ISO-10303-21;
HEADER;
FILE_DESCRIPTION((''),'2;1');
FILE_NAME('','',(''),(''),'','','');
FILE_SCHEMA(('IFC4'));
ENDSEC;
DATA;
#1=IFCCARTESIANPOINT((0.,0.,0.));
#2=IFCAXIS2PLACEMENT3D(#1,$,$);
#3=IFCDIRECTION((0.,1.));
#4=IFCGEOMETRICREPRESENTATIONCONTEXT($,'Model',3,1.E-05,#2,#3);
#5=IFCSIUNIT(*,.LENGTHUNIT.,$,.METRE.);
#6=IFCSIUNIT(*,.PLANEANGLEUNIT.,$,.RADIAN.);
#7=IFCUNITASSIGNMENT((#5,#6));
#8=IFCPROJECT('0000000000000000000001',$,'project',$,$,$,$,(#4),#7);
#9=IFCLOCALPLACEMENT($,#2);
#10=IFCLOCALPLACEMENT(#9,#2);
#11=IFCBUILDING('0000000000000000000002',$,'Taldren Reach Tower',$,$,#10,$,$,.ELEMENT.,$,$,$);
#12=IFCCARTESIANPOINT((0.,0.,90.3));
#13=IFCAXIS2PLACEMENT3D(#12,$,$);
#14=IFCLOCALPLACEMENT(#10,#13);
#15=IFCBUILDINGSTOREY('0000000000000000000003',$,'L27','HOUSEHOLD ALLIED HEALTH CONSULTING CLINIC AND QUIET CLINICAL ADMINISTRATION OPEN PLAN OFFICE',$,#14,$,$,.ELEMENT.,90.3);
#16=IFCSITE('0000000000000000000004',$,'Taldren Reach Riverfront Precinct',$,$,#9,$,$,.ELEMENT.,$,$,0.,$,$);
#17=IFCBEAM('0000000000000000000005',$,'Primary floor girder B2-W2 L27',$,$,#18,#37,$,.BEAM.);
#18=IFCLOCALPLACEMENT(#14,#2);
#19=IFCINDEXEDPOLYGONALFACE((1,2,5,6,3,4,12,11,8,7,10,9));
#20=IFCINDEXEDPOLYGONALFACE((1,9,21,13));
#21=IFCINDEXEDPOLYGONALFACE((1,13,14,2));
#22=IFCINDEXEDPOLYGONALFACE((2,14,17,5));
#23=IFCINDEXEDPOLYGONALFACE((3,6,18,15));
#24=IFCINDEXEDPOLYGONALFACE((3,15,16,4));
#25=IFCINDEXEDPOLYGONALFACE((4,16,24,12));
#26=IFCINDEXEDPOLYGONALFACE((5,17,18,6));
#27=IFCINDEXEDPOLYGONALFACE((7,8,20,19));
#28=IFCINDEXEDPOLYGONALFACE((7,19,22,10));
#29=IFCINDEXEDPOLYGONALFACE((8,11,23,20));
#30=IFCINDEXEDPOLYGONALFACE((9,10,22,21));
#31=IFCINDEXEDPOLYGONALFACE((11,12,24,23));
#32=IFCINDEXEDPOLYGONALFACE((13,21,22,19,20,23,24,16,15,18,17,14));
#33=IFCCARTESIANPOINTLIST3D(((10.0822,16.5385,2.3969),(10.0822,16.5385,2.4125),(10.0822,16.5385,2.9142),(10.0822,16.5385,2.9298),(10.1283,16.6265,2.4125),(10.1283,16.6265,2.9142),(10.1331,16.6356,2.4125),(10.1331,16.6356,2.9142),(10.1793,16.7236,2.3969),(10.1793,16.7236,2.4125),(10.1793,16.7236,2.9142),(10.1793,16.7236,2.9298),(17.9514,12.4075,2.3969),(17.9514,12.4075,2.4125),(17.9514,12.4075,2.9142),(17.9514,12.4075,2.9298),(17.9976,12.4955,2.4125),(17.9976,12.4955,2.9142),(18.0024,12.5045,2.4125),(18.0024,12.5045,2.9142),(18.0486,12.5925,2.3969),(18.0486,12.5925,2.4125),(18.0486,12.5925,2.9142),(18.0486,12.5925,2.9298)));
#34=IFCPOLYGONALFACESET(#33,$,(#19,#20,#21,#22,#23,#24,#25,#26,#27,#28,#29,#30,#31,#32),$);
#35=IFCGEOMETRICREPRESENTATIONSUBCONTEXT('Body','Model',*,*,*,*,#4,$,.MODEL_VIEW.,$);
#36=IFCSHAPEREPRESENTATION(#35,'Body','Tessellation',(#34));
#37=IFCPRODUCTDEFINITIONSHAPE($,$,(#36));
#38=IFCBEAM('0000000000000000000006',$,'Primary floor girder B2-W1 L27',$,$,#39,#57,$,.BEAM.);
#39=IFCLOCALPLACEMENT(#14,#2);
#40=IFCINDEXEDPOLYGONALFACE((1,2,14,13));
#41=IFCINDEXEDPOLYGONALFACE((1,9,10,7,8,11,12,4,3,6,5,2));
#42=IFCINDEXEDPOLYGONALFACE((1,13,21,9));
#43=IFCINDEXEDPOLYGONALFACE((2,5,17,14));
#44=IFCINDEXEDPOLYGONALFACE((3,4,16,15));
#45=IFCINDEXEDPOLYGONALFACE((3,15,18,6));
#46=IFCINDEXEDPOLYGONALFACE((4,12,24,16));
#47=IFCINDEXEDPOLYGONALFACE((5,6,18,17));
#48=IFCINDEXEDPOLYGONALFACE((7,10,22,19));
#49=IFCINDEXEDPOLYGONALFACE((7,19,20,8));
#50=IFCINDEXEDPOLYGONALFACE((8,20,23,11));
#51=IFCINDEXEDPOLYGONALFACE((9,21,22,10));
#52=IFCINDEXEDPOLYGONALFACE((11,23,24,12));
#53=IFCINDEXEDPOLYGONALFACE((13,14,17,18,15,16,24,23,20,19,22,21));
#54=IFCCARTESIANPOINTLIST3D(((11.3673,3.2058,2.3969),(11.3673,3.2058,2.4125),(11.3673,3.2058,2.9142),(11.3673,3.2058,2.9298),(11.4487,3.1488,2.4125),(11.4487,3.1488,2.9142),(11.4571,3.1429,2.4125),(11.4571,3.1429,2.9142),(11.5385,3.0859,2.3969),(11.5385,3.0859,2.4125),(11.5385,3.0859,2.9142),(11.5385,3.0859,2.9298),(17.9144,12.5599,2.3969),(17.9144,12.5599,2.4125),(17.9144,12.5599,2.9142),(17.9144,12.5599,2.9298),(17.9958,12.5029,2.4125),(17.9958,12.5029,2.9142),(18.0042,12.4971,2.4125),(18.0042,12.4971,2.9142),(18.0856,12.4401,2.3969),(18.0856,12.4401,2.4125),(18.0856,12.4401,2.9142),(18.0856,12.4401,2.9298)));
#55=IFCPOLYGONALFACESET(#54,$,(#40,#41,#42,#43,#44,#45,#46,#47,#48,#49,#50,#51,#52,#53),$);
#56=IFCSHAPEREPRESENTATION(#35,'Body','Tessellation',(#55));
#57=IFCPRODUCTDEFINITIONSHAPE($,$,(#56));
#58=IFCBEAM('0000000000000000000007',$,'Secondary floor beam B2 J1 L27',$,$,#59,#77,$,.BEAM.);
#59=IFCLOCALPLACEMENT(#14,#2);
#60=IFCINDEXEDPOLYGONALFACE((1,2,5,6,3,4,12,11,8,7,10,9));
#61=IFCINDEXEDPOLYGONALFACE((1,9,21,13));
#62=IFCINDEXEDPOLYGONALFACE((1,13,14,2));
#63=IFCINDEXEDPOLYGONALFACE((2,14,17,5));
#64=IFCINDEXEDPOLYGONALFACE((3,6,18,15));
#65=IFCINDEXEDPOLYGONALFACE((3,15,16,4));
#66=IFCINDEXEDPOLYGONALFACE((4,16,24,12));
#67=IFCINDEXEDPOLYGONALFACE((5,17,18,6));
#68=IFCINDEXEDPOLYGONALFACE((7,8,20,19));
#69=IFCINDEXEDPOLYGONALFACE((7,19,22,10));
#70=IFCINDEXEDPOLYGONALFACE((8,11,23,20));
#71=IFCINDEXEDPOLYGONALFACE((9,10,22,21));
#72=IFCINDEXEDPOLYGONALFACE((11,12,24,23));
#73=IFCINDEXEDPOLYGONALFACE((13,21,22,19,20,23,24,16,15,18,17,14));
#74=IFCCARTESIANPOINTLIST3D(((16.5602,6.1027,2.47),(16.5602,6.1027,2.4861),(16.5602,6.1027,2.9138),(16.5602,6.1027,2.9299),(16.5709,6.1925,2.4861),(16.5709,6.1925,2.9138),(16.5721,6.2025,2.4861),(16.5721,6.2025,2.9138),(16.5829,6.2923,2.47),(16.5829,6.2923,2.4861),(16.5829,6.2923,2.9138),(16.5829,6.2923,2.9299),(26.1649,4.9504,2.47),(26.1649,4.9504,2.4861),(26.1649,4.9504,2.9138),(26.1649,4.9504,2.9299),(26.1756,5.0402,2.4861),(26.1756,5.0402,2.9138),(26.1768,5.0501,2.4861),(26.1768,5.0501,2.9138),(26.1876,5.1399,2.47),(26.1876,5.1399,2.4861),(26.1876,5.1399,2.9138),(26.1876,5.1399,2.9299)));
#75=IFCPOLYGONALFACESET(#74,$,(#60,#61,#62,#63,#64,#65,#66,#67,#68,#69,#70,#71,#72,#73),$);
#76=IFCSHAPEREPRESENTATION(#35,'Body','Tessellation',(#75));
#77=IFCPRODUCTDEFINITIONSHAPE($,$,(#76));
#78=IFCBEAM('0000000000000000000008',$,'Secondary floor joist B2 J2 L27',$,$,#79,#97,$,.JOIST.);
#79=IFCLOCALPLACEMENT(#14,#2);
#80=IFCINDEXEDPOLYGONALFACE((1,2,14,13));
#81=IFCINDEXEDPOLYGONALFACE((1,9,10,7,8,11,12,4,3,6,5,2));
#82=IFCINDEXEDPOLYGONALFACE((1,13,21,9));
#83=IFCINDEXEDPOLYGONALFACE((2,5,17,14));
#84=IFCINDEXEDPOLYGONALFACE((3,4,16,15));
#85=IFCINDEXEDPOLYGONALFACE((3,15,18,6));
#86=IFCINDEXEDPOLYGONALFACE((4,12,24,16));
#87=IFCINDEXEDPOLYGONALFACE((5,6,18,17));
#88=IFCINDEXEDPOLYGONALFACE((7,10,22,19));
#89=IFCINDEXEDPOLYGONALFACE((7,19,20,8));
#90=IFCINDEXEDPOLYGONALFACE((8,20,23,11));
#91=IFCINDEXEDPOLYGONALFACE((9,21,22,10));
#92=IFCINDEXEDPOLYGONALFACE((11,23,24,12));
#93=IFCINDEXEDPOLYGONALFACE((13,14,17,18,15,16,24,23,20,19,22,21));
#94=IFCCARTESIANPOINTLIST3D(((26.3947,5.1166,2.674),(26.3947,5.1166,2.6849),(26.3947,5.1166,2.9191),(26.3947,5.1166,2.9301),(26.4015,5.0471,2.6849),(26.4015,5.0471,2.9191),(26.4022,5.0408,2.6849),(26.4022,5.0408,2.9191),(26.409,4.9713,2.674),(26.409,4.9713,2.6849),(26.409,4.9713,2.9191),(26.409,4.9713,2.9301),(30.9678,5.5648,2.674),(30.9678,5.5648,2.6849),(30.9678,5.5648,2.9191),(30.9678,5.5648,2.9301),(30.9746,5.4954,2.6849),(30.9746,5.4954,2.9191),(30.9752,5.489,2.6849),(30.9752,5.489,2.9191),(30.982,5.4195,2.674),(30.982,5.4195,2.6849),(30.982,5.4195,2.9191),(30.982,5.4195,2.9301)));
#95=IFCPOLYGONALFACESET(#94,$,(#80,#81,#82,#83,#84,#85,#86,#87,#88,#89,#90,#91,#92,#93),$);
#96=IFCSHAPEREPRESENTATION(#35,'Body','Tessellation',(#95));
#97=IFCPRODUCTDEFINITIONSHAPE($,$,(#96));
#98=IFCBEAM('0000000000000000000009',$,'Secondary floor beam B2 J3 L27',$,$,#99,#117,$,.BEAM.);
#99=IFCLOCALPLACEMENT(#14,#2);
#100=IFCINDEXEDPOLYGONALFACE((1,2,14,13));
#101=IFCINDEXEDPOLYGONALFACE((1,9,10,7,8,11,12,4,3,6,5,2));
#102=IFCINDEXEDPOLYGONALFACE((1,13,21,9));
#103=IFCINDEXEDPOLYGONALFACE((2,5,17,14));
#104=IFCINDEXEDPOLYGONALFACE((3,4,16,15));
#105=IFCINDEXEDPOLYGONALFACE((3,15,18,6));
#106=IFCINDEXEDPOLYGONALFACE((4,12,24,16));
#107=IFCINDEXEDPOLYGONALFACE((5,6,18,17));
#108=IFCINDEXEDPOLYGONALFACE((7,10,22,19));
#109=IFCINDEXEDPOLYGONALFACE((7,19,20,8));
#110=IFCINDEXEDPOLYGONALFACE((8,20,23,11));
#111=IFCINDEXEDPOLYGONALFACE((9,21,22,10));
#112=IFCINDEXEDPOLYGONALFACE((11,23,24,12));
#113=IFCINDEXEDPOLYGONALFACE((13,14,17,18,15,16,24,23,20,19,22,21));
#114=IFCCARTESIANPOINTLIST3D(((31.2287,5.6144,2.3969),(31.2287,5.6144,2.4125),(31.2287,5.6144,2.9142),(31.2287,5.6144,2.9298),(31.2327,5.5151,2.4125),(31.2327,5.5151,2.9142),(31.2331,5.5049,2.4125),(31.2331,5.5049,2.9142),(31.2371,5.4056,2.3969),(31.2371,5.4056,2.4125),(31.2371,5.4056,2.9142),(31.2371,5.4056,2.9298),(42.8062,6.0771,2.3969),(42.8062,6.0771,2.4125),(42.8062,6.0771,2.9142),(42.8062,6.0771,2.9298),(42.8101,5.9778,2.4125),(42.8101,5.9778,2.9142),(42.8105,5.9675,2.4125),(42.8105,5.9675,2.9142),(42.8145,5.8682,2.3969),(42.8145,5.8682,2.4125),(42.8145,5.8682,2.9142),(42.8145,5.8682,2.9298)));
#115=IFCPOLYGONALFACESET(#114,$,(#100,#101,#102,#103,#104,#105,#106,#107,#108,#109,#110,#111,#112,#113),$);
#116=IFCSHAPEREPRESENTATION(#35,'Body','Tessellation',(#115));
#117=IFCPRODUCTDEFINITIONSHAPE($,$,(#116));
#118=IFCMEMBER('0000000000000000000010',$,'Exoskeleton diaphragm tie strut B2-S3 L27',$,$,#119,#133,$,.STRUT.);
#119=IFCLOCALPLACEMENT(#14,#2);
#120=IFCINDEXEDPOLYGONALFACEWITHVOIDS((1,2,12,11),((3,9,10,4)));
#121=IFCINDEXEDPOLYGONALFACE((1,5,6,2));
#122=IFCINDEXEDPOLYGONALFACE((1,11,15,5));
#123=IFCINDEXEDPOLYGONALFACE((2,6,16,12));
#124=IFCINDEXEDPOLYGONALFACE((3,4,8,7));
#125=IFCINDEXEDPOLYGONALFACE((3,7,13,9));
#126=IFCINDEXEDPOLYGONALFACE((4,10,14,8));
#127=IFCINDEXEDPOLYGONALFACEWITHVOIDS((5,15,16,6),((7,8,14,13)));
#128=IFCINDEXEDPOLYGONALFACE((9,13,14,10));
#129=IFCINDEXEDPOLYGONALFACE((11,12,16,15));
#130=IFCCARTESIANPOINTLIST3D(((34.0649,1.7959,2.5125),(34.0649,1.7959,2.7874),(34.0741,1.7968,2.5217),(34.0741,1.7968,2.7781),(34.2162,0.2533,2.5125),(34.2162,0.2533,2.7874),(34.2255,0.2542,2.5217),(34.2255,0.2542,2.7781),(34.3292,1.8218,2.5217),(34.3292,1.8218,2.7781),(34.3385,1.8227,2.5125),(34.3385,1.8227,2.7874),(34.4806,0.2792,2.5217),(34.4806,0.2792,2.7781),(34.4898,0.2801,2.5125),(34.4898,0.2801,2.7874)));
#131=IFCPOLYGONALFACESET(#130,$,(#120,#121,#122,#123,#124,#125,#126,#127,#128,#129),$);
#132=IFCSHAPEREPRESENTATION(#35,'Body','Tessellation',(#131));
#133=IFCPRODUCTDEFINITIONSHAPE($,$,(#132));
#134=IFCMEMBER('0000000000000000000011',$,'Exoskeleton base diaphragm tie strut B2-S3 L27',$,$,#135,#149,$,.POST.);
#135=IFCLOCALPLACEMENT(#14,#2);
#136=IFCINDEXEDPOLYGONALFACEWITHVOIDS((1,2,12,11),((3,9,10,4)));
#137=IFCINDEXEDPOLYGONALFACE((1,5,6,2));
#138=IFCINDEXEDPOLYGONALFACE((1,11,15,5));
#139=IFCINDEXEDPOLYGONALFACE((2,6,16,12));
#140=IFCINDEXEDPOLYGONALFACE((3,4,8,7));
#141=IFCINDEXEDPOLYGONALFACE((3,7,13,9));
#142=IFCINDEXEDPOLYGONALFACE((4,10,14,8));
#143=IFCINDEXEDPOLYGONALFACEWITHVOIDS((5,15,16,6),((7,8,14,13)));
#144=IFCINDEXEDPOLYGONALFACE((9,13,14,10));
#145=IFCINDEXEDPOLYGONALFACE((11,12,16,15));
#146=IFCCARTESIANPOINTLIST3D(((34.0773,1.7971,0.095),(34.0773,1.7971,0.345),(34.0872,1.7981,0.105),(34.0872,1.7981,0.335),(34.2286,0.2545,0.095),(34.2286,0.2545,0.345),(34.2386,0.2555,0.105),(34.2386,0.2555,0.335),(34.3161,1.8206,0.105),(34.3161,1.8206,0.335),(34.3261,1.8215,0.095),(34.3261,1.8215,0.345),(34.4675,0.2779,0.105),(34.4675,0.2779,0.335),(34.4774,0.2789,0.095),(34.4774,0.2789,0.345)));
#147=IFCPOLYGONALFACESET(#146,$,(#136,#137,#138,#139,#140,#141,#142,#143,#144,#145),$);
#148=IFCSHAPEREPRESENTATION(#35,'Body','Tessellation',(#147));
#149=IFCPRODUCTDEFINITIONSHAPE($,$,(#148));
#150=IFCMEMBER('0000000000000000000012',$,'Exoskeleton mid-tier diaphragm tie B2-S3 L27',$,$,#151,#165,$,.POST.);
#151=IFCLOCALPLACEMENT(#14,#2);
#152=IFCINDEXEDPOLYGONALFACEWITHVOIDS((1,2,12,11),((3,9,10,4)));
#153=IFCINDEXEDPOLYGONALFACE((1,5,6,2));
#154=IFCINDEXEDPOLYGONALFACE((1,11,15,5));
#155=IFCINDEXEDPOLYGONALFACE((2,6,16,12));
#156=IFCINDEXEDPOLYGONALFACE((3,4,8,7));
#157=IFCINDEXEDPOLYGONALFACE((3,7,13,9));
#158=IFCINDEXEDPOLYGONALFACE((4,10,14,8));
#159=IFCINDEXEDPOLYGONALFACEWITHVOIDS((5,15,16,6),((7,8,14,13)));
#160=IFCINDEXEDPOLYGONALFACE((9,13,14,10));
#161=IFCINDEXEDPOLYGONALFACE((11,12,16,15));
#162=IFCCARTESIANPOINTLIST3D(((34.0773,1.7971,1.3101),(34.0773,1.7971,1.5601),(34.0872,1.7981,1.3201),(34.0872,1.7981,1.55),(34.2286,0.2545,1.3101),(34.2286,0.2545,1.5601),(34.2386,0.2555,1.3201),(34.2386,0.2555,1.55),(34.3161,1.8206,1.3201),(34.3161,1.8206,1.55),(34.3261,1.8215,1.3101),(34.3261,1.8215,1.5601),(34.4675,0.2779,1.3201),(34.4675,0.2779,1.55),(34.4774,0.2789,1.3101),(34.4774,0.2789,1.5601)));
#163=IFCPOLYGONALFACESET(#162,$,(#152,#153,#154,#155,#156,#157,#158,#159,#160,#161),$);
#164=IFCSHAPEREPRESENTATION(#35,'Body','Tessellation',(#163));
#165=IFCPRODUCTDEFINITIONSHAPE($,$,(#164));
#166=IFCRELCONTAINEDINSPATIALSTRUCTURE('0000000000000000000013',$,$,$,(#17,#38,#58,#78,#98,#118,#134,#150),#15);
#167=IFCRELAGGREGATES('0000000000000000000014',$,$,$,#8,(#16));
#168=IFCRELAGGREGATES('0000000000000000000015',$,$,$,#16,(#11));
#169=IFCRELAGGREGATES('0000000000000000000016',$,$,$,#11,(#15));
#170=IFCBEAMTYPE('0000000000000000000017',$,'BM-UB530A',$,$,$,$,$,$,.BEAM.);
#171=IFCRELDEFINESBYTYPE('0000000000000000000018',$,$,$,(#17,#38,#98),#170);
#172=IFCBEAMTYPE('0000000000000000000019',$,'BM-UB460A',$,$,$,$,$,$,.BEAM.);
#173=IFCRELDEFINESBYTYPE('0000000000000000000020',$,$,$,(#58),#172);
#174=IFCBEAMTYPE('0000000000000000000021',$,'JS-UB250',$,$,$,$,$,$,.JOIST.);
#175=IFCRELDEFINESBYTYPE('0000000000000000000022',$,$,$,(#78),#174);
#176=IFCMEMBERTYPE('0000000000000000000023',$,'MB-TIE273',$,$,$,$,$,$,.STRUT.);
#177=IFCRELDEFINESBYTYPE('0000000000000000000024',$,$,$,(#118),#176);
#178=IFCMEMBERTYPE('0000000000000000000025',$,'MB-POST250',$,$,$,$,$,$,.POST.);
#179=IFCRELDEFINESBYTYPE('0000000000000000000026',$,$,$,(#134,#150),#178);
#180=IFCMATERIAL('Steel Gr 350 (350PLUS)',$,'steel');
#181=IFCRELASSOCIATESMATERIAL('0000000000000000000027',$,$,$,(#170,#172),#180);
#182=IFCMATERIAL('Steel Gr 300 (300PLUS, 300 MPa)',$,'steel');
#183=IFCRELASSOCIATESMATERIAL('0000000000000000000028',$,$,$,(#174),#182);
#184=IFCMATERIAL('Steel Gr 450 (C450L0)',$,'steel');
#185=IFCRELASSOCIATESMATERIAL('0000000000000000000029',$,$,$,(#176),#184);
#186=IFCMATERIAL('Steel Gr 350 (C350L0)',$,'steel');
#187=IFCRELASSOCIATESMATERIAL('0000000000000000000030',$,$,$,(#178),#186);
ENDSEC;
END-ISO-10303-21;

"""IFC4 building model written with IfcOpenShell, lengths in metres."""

from ifc_helpers import new_model, si_unit, direction, frame, origin, origin_2d, place, context, subcontext, project, spatial, hollow_rectangle, i_section, extrude, source, transform, mapped, material, material_profile, profile_set, type_object, element, save


model = new_model("IFC4")

# Units and contexts
model_context = context("Model", 3, precision=1e-05, world=origin(), true_north=direction((0.0, 1.0)))
body_context = subcontext(model_context, "Body", "Model", "MODEL_VIEW")
ifc_project = project(units=[si_unit("LENGTHUNIT", "METRE"), si_unit("PLANEANGLEUNIT", "RADIAN")], contexts=[model_context])

# Site, building, storey
site_placement = place(None, origin())
site = spatial("IfcSite", under=ifc_project, at=site_placement, Name="Taldren Reach Riverfront Precinct", CompositionType="ELEMENT", RefElevation=0.0)
building_placement = place(site_placement, origin())
building = spatial("IfcBuilding", under=site, at=building_placement, Name="Taldren Reach Tower", CompositionType="ELEMENT")
storey_placement = place(building_placement, frame((0.0, 0.0, 90.3)))
storey = spatial("IfcBuildingStorey", under=building, at=storey_placement, Name="L27", Description="HOUSEHOLD ALLIED HEALTH CONSULTING CLINIC AND QUIET CLINICAL ADMINISTRATION OPEN PLAN OFFICE", CompositionType="ELEMENT", Elevation=90.3)

# Shared definitions
ifc_material_1 = material(Name="Steel Gr 350 (350PLUS)", Category="steel")

# Beams
ifc_material_profile_1 = material_profile(ifc_material_1, i_section(OverallWidth=0.209, OverallDepth=0.533, WebThickness=0.0103, FlangeThickness=0.0156, at=origin_2d()), Name="530UB92.4")
ifc_profile_set_1 = profile_set([ifc_material_profile_1], Name="Steel Gr 350 (350PLUS)")
beam_type_1 = type_object("IfcBeamType", Name="BM-UB530A", PredefinedType="BEAM", material=ifc_profile_set_1)
shared_shape_1 = source(origin(), body_context, "Body", "SweptSolid", [
    extrude(i_section(OverallWidth=0.209, OverallDepth=0.533, WebThickness=0.0103, FlangeThickness=0.0156, at=origin_2d()), origin(), (0.0, 0.0, 1.0), 8.8877),
])
beam_1_placement = place(storey_placement, frame((18.0, 12.5, 2.6633), z_axis=(-0.885413, 0.464805, 0.0), x_axis=(-0.464805, -0.885413, 0.0)))
element("IfcBeam", 1, at=beam_1_placement, inside=storey, type_object=beam_type_1, Name="Primary floor girder B2-W2 L27", PredefinedType="BEAM", context=body_context, shape_type="MappedRepresentation", body=[
    mapped(shared_shape_1, transform((0.0, 0.0, 0.0), scale=1.0)),
])
shared_shape_2 = source(origin(), body_context, "Body", "SweptSolid", [
    extrude(i_section(OverallWidth=0.209, OverallDepth=0.533, WebThickness=0.0103, FlangeThickness=0.0156, at=origin_2d()), origin(), (0.0, 0.0, 1.0), 11.4177),
])
beam_2_placement = place(storey_placement, frame((18.0, 12.5, 2.6633), z_axis=(-0.573412, -0.819267, 0.0), x_axis=(0.819267, -0.573412, 0.0)))
element("IfcBeam", 2, at=beam_2_placement, inside=storey, type_object=beam_type_1, Name="Primary floor girder B2-W1 L27", PredefinedType="BEAM", context=body_context, shape_type="MappedRepresentation", body=[
    mapped(shared_shape_2, transform((0.0, 0.0, 0.0), scale=1.0)),
])
ifc_material_profile_2 = material_profile(ifc_material_1, i_section(OverallWidth=0.1909, OverallDepth=0.46, WebThickness=0.01, FlangeThickness=0.0161, at=origin_2d()), Name="460UB82.1")
ifc_profile_set_2 = profile_set([ifc_material_profile_2], Name="Steel Gr 350 (350PLUS)")
beam_type_2 = type_object("IfcBeamType", Name="BM-UB460A", PredefinedType="BEAM", material=ifc_profile_set_2)
shared_shape_3 = source(origin(), body_context, "Body", "SweptSolid", [
    extrude(i_section(OverallWidth=0.1909, OverallDepth=0.46, WebThickness=0.01, FlangeThickness=0.0161, at=origin_2d()), origin(), (0.0, 0.0, 1.0), 9.6736),
])
beam_3_placement = place(storey_placement, frame((16.5715, 6.1975, 2.7), z_axis=(0.99288, -0.119122, 0.0), x_axis=(0.119122, 0.99288, 0.0)))
element("IfcBeam", 3, at=beam_3_placement, inside=storey, type_object=beam_type_2, Name="Secondary floor beam B2 J1 L27", PredefinedType="BEAM", context=body_context, shape_type="MappedRepresentation", body=[
    mapped(shared_shape_3, transform((0.0, 0.0, 0.0), scale=1.0)),
])
ifc_material_2 = material(Name="Steel Gr 300 (300PLUS, 300 MPa)", Category="steel")
ifc_material_profile_3 = material_profile(ifc_material_2, i_section(OverallWidth=0.146, OverallDepth=0.2561, WebThickness=0.0063, FlangeThickness=0.011, at=origin_2d()), Name="250UB37.3")
ifc_profile_set_3 = profile_set([ifc_material_profile_3], Name="Steel Gr 300 (300PLUS, 300 MPa)")
beam_type_3 = type_object("IfcBeamType", Name="JS-UB250", PredefinedType="JOIST", material=ifc_profile_set_3)
shared_shape_4 = source(origin(), body_context, "Body", "SweptSolid", [
    extrude(i_section(OverallWidth=0.146, OverallDepth=0.2561, WebThickness=0.0063, FlangeThickness=0.011, at=origin_2d()), origin(), (0.0, 0.0, 1.0), 4.595),
])
beam_4_placement = place(storey_placement, frame((26.4019, 5.0439, 2.802), z_axis=(0.99523, 0.097552, 0.0), x_axis=(-0.097552, 0.99523, 0.0)))
element("IfcBeam", 4, at=beam_4_placement, inside=storey, type_object=beam_type_3, Name="Secondary floor joist B2 J2 L27", PredefinedType="JOIST", context=body_context, shape_type="MappedRepresentation", body=[
    mapped(shared_shape_4, transform((0.0, 0.0, 0.0), scale=1.0)),
])
shared_shape_5 = source(origin(), body_context, "Body", "SweptSolid", [
    extrude(i_section(OverallWidth=0.209, OverallDepth=0.533, WebThickness=0.0103, FlangeThickness=0.0156, at=origin_2d()), origin(), (0.0, 0.0, 1.0), 11.5867),
])
beam_5_placement = place(storey_placement, frame((31.2329, 5.51, 2.6633), z_axis=(0.999203, 0.039929, 0.0), x_axis=(-0.039929, 0.999203, 0.0)))
element("IfcBeam", 5, at=beam_5_placement, inside=storey, type_object=beam_type_1, Name="Secondary floor beam B2 J3 L27", PredefinedType="BEAM", context=body_context, shape_type="MappedRepresentation", body=[
    mapped(shared_shape_5, transform((0.0, 0.0, 0.0), scale=1.0)),
])

# Members
ifc_material_3 = material(Name="Steel Gr 450 (C450L0)", Category="steel")
ifc_material_profile_4 = material_profile(ifc_material_3, hollow_rectangle(XDim=0.2749, YDim=0.2749, WallThickness=0.0093, at=origin_2d()), Name="275x275x9.3SHS")
ifc_profile_set_4 = profile_set([ifc_material_profile_4], Name="Steel Gr 450 (C450L0)")
member_type_1 = type_object("IfcMemberType", Name="MB-TIE273", PredefinedType="STRUT", material=ifc_profile_set_4)
shared_shape_6 = source(origin(), body_context, "Body", "SweptSolid", [
    extrude(hollow_rectangle(XDim=0.2749, YDim=0.2749, WallThickness=0.0093, at=origin_2d()), origin(), (0.0, 0.0, 1.0), 1.55),
])
member_placement = place(storey_placement, frame((34.2017, 1.8093, 2.6499), z_axis=(0.097648, -0.995221, 0.0), x_axis=(0.995221, 0.097648, 0.0)))
element("IfcMember", 6, at=member_placement, inside=storey, type_object=member_type_1, Name="Exoskeleton diaphragm tie strut B2-S3 L27", PredefinedType="STRUT", context=body_context, shape_type="MappedRepresentation", body=[
    mapped(shared_shape_6, transform((0.0, 0.0, 0.0), scale=1.0)),
])
ifc_material_4 = material(Name="Steel Gr 350 (C350L0)", Category="steel")
ifc_material_profile_5 = material_profile(ifc_material_4, hollow_rectangle(XDim=0.25, YDim=0.25, WallThickness=0.01, at=origin_2d()), Name="250x250x10.0SHS")
ifc_profile_set_5 = profile_set([ifc_material_profile_5], Name="Steel Gr 350 (C350L0)")
member_type_2 = type_object("IfcMemberType", Name="MB-POST250", PredefinedType="POST", material=ifc_profile_set_5)
shared_shape_7 = source(origin(), body_context, "Body", "SweptSolid", [
    extrude(hollow_rectangle(XDim=0.25, YDim=0.25, WallThickness=0.01, at=origin_2d()), origin(), (0.0, 0.0, 1.0), 1.55),
])
for number, where, z_axis, x_axis, name in (
    (7, (34.2017, 1.8093, 0.22), (0.097648, -0.995221, 0.0), (0.995221, 0.097648, 0.0), "Exoskeleton base diaphragm tie strut B2-S3 L27"),
    (8, (34.2017, 1.8093, 1.4351), (0.097648, -0.995221, 0.0), (0.995221, 0.097648, 0.0), "Exoskeleton mid-tier diaphragm tie B2-S3 L27"),
):
    element("IfcMember", number, at=place(storey_placement, frame(where, z_axis=z_axis, x_axis=x_axis)), inside=storey, type_object=member_type_2, Name=name, PredefinedType="POST", context=body_context, shape_type="MappedRepresentation", body=[
        mapped(shared_shape_7, transform((0.0, 0.0, 0.0), scale=1.0)),
    ])

save(model, "model.ifc")
